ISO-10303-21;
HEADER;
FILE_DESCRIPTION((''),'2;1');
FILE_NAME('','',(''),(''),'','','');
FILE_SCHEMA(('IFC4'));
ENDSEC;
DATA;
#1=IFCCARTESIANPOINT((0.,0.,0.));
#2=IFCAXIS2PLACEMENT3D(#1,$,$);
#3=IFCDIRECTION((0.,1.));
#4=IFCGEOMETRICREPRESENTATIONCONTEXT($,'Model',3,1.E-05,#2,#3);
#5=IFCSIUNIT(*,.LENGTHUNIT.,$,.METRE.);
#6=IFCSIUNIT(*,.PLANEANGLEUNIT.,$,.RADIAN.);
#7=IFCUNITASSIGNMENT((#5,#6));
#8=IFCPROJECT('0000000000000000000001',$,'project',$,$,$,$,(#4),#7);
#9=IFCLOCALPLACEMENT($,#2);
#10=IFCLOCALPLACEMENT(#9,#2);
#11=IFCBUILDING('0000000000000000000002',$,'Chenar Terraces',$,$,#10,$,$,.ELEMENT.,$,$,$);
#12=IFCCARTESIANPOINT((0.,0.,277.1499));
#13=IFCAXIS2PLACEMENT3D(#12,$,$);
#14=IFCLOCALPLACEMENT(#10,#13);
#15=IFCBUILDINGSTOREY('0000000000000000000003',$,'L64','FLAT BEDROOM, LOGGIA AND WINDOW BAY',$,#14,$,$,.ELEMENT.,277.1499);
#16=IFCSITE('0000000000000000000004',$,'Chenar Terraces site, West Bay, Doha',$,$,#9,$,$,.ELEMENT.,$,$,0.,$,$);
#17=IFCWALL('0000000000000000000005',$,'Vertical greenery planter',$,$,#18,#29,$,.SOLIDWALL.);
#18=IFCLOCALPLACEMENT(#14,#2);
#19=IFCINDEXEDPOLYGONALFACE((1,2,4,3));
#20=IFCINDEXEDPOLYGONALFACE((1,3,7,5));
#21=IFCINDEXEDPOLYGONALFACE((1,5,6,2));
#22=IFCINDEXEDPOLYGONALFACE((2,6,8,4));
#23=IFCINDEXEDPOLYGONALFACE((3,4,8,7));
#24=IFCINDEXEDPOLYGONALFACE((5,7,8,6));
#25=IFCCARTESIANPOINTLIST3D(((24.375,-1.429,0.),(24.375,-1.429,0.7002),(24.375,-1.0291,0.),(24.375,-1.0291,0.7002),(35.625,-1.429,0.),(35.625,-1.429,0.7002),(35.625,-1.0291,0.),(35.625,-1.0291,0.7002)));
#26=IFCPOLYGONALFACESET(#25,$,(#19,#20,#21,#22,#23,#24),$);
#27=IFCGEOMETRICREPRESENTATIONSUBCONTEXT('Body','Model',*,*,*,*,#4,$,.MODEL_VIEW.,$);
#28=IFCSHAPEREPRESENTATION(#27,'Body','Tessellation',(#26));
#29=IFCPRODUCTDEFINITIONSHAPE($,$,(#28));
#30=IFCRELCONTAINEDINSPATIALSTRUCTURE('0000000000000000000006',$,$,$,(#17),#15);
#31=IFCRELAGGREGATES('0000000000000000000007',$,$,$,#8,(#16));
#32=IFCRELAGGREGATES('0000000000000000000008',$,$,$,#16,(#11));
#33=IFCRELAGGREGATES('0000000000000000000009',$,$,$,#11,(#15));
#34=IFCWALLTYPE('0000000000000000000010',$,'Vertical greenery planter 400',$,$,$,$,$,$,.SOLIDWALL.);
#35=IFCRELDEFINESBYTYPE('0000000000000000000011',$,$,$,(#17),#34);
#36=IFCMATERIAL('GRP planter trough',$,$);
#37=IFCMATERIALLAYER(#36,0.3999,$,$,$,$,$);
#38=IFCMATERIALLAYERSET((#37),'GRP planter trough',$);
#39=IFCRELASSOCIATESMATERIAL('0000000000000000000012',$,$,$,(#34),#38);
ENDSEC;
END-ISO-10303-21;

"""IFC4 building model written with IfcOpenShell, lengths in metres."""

from ifc_helpers import new_model, si_unit, direction, frame, frame_2d, origin, place, context, subcontext, project, spatial, rectangle, extrude, material, layer, layer_set, type_object, element, save


model = new_model("IFC4")

# Units and contexts
model_context = context("Model", 3, precision=1e-05, world=origin(), true_north=direction((0.0, 1.0)))
body_context = subcontext(model_context, "Body", "Model", "MODEL_VIEW")
ifc_project = project(units=[si_unit("LENGTHUNIT", "METRE"), si_unit("PLANEANGLEUNIT", "RADIAN")], contexts=[model_context])

# Site, building, storey
site_placement = place(None, origin())
site = spatial("IfcSite", under=ifc_project, at=site_placement, Name="Chenar Terraces site, West Bay, Doha", CompositionType="ELEMENT", RefElevation=0.0)
building_placement = place(site_placement, origin())
building = spatial("IfcBuilding", under=site, at=building_placement, Name="Chenar Terraces", CompositionType="ELEMENT")
storey_placement = place(building_placement, frame((0.0, 0.0, 277.1499)))
storey = spatial("IfcBuildingStorey", under=building, at=storey_placement, Name="L64", Description="FLAT BEDROOM, LOGGIA AND WINDOW BAY", CompositionType="ELEMENT", Elevation=277.1499)

# Wall
ifc_material_1 = material(Name="GRP planter trough")
ifc_layer_1 = layer(ifc_material_1, 0.3999)
ifc_layer_set_1 = layer_set([ifc_layer_1], Name="GRP planter trough")
wall_type_1 = type_object("IfcWallType", Name="Vertical greenery planter 400", PredefinedType="SOLIDWALL", material=ifc_layer_set_1)
wall_1_placement = place(storey_placement, frame((24.375, -1.229, 0.0), z_axis=(0.0, 0.0, 1.0), x_axis=(1.0, 0.0, 0.0)))
element("IfcWall", 1, at=wall_1_placement, inside=storey, type_object=wall_type_1, Name="Vertical greenery planter", PredefinedType="SOLIDWALL", context=body_context, shape_type="SweptSolid", body=[
    extrude(rectangle(XDim=11.25, YDim=0.3999, at=frame_2d((5.625, 0.0))), origin(), (0.0, 0.0, 1.0), 0.7002),
])

save(model, "model.ifc")
